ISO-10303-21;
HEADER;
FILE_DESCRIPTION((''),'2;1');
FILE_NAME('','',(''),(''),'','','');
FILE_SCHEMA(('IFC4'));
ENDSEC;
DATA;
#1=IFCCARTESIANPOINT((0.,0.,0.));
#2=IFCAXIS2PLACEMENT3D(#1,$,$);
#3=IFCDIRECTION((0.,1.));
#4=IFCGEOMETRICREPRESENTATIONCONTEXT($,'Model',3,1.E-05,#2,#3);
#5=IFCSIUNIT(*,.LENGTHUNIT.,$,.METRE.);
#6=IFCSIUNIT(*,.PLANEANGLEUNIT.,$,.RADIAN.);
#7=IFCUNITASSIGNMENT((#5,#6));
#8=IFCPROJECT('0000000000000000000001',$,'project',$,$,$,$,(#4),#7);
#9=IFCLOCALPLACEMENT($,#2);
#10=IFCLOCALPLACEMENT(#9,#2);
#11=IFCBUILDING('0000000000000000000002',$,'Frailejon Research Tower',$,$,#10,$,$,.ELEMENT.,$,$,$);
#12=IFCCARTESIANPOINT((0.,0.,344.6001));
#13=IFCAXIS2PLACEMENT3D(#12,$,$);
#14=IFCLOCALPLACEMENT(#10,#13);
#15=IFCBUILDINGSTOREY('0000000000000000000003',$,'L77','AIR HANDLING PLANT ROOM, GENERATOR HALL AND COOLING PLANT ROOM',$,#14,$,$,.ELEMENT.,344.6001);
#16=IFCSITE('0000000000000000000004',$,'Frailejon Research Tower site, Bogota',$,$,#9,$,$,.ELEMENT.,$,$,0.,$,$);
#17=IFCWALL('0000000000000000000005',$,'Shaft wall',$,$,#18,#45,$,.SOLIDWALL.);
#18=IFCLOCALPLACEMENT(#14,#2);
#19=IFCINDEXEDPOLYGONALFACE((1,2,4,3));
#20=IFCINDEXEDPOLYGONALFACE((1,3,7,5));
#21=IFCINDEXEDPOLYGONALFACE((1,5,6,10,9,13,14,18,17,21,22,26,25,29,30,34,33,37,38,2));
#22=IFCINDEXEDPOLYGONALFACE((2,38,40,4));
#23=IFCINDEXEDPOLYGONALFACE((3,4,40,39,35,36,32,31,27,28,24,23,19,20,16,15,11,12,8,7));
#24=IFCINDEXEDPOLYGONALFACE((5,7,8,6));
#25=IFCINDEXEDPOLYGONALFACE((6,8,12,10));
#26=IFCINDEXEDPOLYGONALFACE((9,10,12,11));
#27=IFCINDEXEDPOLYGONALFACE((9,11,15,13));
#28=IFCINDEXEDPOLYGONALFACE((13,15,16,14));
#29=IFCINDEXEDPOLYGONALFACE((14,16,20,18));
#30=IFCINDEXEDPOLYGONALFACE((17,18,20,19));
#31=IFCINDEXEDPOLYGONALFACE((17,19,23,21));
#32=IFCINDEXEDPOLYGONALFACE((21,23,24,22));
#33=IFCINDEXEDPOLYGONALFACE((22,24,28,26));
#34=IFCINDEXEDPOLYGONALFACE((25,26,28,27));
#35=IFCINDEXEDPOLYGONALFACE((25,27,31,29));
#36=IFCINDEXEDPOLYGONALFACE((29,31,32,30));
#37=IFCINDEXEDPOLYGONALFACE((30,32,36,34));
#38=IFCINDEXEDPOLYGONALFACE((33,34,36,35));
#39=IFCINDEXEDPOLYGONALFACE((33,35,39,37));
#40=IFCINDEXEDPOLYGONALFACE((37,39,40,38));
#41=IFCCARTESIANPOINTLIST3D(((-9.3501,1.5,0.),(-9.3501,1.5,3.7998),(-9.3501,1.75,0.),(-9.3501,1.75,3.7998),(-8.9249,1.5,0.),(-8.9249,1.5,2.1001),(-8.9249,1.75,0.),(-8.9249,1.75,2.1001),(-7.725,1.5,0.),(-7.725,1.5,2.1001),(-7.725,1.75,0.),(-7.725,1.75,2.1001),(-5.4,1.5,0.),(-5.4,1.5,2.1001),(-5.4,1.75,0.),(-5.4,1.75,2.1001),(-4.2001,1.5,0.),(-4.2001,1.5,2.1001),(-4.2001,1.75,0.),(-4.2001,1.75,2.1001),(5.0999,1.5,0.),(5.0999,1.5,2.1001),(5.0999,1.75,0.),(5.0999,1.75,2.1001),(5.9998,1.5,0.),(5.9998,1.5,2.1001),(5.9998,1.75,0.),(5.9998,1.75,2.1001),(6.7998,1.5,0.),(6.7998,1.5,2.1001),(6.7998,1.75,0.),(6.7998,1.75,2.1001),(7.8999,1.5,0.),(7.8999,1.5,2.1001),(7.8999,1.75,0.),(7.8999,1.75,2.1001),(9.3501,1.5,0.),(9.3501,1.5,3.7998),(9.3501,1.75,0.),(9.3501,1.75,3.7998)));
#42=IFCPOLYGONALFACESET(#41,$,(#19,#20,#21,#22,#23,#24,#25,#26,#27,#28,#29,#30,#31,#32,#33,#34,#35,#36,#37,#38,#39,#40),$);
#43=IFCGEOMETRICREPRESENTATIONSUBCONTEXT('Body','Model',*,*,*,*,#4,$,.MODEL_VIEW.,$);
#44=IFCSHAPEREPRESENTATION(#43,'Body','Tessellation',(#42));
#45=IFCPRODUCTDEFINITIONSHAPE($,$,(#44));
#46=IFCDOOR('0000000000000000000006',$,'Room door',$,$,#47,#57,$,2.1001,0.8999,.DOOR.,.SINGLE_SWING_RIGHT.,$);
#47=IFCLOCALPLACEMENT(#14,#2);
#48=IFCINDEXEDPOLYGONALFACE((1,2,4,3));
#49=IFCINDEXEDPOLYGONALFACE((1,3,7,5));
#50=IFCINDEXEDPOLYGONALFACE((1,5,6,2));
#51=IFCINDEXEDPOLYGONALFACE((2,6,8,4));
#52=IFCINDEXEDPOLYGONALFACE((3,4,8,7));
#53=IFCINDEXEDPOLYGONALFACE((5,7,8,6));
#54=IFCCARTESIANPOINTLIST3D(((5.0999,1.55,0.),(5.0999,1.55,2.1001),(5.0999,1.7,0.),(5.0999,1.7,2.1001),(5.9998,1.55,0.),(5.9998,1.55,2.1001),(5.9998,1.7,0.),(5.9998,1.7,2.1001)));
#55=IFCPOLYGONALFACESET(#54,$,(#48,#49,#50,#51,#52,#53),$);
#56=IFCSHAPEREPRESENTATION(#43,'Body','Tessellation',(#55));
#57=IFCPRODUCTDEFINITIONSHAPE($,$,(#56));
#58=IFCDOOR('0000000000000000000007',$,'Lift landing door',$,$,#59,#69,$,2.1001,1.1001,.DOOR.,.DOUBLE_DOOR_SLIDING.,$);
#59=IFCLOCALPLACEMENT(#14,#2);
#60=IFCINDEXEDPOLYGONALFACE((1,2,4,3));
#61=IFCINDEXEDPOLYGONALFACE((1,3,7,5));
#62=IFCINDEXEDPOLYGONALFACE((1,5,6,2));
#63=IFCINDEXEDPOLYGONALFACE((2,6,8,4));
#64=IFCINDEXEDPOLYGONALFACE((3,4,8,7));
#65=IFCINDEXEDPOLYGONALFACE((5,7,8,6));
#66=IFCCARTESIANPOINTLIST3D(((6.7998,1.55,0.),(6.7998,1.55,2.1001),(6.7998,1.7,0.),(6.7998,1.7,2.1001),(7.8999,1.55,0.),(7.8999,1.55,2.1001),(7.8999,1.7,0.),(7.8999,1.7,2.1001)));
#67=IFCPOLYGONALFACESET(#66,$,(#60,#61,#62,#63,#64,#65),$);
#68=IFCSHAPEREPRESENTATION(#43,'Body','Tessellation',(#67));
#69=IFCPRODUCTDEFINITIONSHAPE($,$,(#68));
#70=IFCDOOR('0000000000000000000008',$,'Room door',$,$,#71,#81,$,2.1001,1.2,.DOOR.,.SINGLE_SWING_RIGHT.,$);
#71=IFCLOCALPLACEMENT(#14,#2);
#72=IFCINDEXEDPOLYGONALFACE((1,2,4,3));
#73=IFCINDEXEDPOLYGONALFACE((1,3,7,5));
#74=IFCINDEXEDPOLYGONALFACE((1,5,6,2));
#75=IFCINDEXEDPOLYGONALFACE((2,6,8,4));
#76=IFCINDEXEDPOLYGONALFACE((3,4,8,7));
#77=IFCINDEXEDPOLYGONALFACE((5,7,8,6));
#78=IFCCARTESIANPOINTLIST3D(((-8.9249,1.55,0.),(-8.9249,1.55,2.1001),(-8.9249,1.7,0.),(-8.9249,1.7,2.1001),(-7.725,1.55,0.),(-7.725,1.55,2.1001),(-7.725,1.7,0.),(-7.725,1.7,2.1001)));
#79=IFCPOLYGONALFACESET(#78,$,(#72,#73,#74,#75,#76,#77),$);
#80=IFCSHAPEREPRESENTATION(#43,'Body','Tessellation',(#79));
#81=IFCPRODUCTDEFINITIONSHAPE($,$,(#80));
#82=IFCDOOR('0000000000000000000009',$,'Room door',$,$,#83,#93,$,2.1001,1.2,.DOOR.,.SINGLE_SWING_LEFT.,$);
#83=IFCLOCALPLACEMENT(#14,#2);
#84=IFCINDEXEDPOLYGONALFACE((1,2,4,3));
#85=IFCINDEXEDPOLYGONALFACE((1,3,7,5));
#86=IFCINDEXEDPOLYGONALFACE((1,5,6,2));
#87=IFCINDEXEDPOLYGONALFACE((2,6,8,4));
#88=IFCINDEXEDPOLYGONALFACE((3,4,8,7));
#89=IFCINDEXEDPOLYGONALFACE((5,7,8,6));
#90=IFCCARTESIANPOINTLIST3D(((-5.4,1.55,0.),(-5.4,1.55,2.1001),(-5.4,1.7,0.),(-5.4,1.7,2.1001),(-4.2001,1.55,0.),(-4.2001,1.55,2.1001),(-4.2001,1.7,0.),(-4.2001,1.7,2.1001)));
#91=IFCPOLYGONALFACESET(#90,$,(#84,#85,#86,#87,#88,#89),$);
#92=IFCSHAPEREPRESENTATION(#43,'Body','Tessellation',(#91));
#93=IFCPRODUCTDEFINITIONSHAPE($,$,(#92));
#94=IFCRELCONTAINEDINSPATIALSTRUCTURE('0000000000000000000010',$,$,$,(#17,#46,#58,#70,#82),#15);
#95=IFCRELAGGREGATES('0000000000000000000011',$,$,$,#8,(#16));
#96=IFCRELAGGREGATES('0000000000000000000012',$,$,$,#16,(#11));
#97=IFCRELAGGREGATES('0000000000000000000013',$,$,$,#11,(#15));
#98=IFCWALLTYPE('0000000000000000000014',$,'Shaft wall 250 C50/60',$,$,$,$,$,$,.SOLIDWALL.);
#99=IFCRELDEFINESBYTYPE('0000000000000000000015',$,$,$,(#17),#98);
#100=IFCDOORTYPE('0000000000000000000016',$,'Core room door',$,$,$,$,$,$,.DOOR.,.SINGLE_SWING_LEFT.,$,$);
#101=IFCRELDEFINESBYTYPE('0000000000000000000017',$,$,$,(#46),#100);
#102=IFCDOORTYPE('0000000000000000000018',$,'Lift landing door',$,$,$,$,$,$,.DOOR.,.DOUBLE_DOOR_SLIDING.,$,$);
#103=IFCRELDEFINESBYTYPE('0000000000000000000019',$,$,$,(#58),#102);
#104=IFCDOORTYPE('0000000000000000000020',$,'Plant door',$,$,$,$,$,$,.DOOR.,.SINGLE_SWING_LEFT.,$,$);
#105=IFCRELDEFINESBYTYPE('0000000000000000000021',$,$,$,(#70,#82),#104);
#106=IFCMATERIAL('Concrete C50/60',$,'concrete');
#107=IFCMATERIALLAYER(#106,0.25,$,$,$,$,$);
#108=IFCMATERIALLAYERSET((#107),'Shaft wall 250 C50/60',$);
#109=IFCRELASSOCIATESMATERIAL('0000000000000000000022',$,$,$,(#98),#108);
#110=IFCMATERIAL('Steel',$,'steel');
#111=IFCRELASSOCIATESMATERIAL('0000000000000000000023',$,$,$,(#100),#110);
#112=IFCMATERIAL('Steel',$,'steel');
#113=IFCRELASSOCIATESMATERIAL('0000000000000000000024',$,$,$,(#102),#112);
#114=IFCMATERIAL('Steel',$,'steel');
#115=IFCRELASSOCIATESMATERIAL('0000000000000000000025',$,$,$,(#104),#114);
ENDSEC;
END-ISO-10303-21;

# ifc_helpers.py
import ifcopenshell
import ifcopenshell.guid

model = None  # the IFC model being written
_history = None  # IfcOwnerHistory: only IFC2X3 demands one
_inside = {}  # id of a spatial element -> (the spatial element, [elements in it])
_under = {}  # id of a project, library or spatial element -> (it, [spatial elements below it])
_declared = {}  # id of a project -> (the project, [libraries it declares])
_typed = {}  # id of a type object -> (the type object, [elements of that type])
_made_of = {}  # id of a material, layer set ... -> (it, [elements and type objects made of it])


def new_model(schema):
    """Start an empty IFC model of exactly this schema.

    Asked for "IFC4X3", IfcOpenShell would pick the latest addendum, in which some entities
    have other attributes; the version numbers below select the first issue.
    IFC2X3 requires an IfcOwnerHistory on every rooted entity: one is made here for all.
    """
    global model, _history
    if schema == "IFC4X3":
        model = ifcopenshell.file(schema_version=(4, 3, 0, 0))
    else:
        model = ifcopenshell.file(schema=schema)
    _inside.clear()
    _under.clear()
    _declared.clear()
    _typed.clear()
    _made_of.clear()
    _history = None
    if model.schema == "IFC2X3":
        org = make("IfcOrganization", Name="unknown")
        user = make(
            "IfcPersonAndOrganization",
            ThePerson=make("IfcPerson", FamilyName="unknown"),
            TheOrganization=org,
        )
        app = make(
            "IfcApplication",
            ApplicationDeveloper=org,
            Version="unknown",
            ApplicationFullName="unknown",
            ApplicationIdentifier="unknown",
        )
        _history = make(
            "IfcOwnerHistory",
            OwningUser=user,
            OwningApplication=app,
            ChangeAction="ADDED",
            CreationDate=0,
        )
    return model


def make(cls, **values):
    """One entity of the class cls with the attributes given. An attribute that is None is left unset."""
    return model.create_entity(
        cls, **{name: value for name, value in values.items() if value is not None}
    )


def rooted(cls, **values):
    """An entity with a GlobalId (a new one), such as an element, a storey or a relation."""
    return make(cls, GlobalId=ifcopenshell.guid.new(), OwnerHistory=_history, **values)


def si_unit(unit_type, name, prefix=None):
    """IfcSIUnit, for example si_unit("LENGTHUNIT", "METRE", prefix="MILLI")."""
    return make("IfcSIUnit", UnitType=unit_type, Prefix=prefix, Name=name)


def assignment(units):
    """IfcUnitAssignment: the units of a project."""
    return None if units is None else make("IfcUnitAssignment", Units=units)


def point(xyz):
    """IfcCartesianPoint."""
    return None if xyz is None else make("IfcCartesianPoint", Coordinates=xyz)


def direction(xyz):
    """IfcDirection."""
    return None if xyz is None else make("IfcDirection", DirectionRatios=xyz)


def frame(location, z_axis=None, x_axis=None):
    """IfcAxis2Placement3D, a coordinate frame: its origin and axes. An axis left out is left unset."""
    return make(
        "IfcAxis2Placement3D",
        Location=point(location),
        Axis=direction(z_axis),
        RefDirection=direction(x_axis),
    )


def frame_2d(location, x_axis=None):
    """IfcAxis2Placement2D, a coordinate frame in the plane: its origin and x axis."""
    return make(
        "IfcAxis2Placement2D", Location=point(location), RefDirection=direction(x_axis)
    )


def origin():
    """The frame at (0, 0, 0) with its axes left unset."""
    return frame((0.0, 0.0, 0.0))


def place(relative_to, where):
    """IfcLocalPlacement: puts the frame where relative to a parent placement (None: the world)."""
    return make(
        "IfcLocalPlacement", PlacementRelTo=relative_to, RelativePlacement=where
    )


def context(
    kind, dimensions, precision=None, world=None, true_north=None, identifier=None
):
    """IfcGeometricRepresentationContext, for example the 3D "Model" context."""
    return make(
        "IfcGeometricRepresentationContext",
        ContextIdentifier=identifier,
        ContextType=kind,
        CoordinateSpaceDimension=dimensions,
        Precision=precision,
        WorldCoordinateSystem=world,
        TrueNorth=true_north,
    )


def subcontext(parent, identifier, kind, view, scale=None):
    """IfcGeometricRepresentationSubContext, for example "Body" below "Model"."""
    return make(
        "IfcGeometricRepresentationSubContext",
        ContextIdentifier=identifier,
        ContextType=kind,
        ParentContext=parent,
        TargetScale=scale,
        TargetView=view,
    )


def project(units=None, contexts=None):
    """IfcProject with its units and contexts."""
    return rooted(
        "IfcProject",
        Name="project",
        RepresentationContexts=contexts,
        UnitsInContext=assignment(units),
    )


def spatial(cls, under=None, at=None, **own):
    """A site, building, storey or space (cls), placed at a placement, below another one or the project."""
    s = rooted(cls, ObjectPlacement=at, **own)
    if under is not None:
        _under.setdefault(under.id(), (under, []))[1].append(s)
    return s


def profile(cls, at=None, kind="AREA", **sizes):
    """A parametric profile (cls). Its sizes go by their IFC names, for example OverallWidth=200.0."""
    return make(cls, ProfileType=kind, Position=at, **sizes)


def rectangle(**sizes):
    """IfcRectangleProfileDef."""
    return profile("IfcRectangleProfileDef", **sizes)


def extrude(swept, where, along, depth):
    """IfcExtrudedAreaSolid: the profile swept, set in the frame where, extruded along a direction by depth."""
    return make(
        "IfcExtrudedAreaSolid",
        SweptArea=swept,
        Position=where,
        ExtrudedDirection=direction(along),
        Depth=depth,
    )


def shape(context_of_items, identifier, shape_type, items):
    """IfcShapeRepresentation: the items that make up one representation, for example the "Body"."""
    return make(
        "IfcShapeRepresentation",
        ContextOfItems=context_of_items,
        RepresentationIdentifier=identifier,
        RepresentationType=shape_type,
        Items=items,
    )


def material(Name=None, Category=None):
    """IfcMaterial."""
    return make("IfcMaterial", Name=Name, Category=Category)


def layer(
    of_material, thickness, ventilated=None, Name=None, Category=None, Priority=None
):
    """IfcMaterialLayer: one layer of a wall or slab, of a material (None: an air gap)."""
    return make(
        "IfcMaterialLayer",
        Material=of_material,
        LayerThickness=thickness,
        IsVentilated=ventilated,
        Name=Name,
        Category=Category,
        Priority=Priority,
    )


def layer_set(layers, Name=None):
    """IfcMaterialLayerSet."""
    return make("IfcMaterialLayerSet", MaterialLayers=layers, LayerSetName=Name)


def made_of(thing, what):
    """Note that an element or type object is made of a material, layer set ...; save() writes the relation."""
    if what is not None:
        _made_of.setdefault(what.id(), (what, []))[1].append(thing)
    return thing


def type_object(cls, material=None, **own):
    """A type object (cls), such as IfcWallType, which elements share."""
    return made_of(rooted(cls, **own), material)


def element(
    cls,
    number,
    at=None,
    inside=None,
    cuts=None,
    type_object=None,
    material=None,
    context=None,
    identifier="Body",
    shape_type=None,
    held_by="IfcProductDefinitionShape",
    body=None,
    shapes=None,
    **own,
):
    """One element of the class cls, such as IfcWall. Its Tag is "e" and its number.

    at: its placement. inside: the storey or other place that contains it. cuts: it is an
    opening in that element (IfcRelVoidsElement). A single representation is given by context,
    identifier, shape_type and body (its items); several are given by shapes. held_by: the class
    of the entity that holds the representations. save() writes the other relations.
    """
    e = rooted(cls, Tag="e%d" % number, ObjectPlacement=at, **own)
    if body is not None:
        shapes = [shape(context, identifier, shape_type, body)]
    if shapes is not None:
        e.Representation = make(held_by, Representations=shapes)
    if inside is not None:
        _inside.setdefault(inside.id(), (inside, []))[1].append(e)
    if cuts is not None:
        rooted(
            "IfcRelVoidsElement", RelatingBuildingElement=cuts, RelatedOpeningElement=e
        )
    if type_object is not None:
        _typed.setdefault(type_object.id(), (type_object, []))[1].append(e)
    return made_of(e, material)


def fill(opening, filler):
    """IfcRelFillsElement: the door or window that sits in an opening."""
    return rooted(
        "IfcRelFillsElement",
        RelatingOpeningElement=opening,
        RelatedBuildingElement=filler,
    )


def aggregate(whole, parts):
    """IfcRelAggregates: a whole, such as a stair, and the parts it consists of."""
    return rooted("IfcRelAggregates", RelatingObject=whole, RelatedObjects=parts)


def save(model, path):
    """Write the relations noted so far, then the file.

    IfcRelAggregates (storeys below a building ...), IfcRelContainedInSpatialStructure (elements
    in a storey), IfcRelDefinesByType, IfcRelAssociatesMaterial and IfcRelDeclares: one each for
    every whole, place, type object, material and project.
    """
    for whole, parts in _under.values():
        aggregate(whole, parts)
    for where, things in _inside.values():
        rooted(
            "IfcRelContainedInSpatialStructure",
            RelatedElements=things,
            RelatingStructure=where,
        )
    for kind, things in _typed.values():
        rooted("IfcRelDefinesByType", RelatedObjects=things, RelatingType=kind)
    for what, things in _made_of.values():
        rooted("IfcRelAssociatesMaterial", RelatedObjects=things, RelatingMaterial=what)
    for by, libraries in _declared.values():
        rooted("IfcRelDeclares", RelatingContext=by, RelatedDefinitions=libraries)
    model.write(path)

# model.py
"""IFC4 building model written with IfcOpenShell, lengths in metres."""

from ifc_helpers import new_model, si_unit, direction, frame, frame_2d, origin, place, context, subcontext, project, spatial, rectangle, extrude, material, layer, layer_set, type_object, element, fill, save


model = new_model("IFC4")

# Units and contexts
model_context = context("Model", 3, precision=1e-05, world=origin(), true_north=direction((0.0, 1.0)))
body_context = subcontext(model_context, "Body", "Model", "MODEL_VIEW")
ifc_project = project(units=[si_unit("LENGTHUNIT", "METRE"), si_unit("PLANEANGLEUNIT", "RADIAN")], contexts=[model_context])

# Site, building, storey
site_placement = place(None, origin())
site = spatial("IfcSite", under=ifc_project, at=site_placement, Name="Frailejon Research Tower site, Bogota", CompositionType="ELEMENT", RefElevation=0.0)
building_placement = place(site_placement, origin())
building = spatial("IfcBuilding", under=site, at=building_placement, Name="Frailejon Research Tower", CompositionType="ELEMENT")
storey_placement = place(building_placement, frame((0.0, 0.0, 344.6001)))
storey = spatial("IfcBuildingStorey", under=building, at=storey_placement, Name="L77", Description="AIR HANDLING PLANT ROOM, GENERATOR HALL AND COOLING PLANT ROOM", CompositionType="ELEMENT", Elevation=344.6001)

# Wall, openings, doors
ifc_material_1 = material(Name="Concrete C50/60", Category="concrete")
ifc_layer_1 = layer(ifc_material_1, 0.25)
ifc_layer_set_1 = layer_set([ifc_layer_1], Name="Shaft wall 250 C50/60")
wall_type_1 = type_object("IfcWallType", Name="Shaft wall 250 C50/60", PredefinedType="SOLIDWALL", material=ifc_layer_set_1)
wall_1_placement = place(storey_placement, frame((-9.3501, 1.625, 0.0), z_axis=(0.0, 0.0, 1.0), x_axis=(1.0, 0.0, 0.0)))
wall_1 = element("IfcWall", 1, at=wall_1_placement, inside=storey, type_object=wall_type_1, Name="Shaft wall", PredefinedType="SOLIDWALL", context=body_context, shape_type="SweptSolid", body=[
    extrude(rectangle(XDim=18.7002, YDim=0.25, at=frame_2d((9.3501, 0.0))), origin(), (0.0, 0.0, 1.0), 3.7998),
])
opening_1_placement = place(wall_1_placement, frame((16.1499, 0.0, 0.0)))
opening_1 = element("IfcOpeningElement", 2, at=opening_1_placement, cuts=wall_1, PredefinedType="OPENING", context=body_context, shape_type="SweptSolid", body=[
    extrude(rectangle(XDim=1.1001, YDim=2.1001, at=frame_2d((0.55, 1.05))), frame((0.0, 0.135, 0.0), z_axis=(0.0, -1.0, 0.0), x_axis=(1.0, 0.0, 0.0)), (0.0, 0.0, 1.0), 0.27),
])
opening_2_placement = place(wall_1_placement, frame((0.425, 0.0, 0.0)))
opening_2 = element("IfcOpeningElement", 3, at=opening_2_placement, cuts=wall_1, PredefinedType="OPENING", context=body_context, shape_type="SweptSolid", body=[
    extrude(rectangle(XDim=1.2, YDim=2.1001, at=frame_2d((0.6001, 1.05))), frame((0.0, 0.135, 0.0), z_axis=(0.0, -1.0, 0.0), x_axis=(1.0, 0.0, 0.0)), (0.0, 0.0, 1.0), 0.27),
])
opening_3_placement = place(wall_1_placement, frame((3.95, 0.0, 0.0)))
opening_3 = element("IfcOpeningElement", 4, at=opening_3_placement, cuts=wall_1, PredefinedType="OPENING", context=body_context, shape_type="SweptSolid", body=[
    extrude(rectangle(XDim=1.2, YDim=2.1001, at=frame_2d((0.6001, 1.05))), frame((0.0, 0.135, 0.0), z_axis=(0.0, -1.0, 0.0), x_axis=(1.0, 0.0, 0.0)), (0.0, 0.0, 1.0), 0.27),
])
opening_4_placement = place(wall_1_placement, frame((14.45, 0.0, 0.0)))
opening_4 = element("IfcOpeningElement", 5, at=opening_4_placement, cuts=wall_1, PredefinedType="OPENING", context=body_context, shape_type="SweptSolid", body=[
    extrude(rectangle(XDim=0.8999, YDim=2.1001, at=frame_2d((0.45, 1.05))), frame((0.0, 0.135, 0.0), z_axis=(0.0, -1.0, 0.0), x_axis=(1.0, 0.0, 0.0)), (0.0, 0.0, 1.0), 0.27),
])
ifc_material_2 = material(Name="Steel", Category="steel")
door_type_1 = type_object("IfcDoorType", Name="Core room door", OperationType="SINGLE_SWING_LEFT", PredefinedType="DOOR", material=ifc_material_2)
door_1_placement = place(opening_4_placement, origin())
door_1 = element("IfcDoor", 6, at=door_1_placement, inside=storey, type_object=door_type_1, Name="Room door", OperationType="SINGLE_SWING_RIGHT", OverallHeight=2.1001, OverallWidth=0.8999, PredefinedType="DOOR", context=body_context, shape_type="SweptSolid", body=[
    extrude(rectangle(XDim=0.8999, YDim=2.1001, at=frame_2d((0.45, 1.05))), frame((0.0, 0.075, 0.0), z_axis=(0.0, -1.0, 0.0), x_axis=(1.0, 0.0, 0.0)), (0.0, 0.0, 1.0), 0.1499),
])
fill(opening_4, door_1)
ifc_material_3 = material(Name="Steel", Category="steel")
door_type_2 = type_object("IfcDoorType", Name="Lift landing door", OperationType="DOUBLE_DOOR_SLIDING", PredefinedType="DOOR", material=ifc_material_3)
door_2_placement = place(opening_1_placement, origin())
door_2 = element("IfcDoor", 7, at=door_2_placement, inside=storey, type_object=door_type_2, Name="Lift landing door", OperationType="DOUBLE_DOOR_SLIDING", OverallHeight=2.1001, OverallWidth=1.1001, PredefinedType="DOOR", context=body_context, shape_type="SweptSolid", body=[
    extrude(rectangle(XDim=1.1001, YDim=2.1001, at=frame_2d((0.55, 1.05))), frame((0.0, 0.075, 0.0), z_axis=(0.0, -1.0, 0.0), x_axis=(1.0, 0.0, 0.0)), (0.0, 0.0, 1.0), 0.1499),
])
fill(opening_1, door_2)
ifc_material_4 = material(Name="Steel", Category="steel")
door_type_3 = type_object("IfcDoorType", Name="Plant door", OperationType="SINGLE_SWING_LEFT", PredefinedType="DOOR", material=ifc_material_4)
door_3_placement = place(opening_2_placement, origin())
door_3 = element("IfcDoor", 8, at=door_3_placement, inside=storey, type_object=door_type_3, Name="Room door", OperationType="SINGLE_SWING_RIGHT", OverallHeight=2.1001, OverallWidth=1.2, PredefinedType="DOOR", context=body_context, shape_type="SweptSolid", body=[
    extrude(rectangle(XDim=1.2, YDim=2.1001, at=frame_2d((0.6001, 1.05))), frame((0.0, 0.075, 0.0), z_axis=(0.0, -1.0, 0.0), x_axis=(1.0, 0.0, 0.0)), (0.0, 0.0, 1.0), 0.1499),
])
fill(opening_2, door_3)
door_4_placement = place(opening_3_placement, origin())
door_4 = element("IfcDoor", 9, at=door_4_placement, inside=storey, type_object=door_type_3, Name="Room door", OperationType="SINGLE_SWING_LEFT", OverallHeight=2.1001, OverallWidth=1.2, PredefinedType="DOOR", context=body_context, shape_type="SweptSolid", body=[
    extrude(rectangle(XDim=1.2, YDim=2.1001, at=frame_2d((0.6001, 1.05))), frame((0.0, 0.075, 0.0), z_axis=(0.0, -1.0, 0.0), x_axis=(1.0, 0.0, 0.0)), (0.0, 0.0, 1.0), 0.1499),
])
fill(opening_3, door_4)

save(model, "model.ifc")
